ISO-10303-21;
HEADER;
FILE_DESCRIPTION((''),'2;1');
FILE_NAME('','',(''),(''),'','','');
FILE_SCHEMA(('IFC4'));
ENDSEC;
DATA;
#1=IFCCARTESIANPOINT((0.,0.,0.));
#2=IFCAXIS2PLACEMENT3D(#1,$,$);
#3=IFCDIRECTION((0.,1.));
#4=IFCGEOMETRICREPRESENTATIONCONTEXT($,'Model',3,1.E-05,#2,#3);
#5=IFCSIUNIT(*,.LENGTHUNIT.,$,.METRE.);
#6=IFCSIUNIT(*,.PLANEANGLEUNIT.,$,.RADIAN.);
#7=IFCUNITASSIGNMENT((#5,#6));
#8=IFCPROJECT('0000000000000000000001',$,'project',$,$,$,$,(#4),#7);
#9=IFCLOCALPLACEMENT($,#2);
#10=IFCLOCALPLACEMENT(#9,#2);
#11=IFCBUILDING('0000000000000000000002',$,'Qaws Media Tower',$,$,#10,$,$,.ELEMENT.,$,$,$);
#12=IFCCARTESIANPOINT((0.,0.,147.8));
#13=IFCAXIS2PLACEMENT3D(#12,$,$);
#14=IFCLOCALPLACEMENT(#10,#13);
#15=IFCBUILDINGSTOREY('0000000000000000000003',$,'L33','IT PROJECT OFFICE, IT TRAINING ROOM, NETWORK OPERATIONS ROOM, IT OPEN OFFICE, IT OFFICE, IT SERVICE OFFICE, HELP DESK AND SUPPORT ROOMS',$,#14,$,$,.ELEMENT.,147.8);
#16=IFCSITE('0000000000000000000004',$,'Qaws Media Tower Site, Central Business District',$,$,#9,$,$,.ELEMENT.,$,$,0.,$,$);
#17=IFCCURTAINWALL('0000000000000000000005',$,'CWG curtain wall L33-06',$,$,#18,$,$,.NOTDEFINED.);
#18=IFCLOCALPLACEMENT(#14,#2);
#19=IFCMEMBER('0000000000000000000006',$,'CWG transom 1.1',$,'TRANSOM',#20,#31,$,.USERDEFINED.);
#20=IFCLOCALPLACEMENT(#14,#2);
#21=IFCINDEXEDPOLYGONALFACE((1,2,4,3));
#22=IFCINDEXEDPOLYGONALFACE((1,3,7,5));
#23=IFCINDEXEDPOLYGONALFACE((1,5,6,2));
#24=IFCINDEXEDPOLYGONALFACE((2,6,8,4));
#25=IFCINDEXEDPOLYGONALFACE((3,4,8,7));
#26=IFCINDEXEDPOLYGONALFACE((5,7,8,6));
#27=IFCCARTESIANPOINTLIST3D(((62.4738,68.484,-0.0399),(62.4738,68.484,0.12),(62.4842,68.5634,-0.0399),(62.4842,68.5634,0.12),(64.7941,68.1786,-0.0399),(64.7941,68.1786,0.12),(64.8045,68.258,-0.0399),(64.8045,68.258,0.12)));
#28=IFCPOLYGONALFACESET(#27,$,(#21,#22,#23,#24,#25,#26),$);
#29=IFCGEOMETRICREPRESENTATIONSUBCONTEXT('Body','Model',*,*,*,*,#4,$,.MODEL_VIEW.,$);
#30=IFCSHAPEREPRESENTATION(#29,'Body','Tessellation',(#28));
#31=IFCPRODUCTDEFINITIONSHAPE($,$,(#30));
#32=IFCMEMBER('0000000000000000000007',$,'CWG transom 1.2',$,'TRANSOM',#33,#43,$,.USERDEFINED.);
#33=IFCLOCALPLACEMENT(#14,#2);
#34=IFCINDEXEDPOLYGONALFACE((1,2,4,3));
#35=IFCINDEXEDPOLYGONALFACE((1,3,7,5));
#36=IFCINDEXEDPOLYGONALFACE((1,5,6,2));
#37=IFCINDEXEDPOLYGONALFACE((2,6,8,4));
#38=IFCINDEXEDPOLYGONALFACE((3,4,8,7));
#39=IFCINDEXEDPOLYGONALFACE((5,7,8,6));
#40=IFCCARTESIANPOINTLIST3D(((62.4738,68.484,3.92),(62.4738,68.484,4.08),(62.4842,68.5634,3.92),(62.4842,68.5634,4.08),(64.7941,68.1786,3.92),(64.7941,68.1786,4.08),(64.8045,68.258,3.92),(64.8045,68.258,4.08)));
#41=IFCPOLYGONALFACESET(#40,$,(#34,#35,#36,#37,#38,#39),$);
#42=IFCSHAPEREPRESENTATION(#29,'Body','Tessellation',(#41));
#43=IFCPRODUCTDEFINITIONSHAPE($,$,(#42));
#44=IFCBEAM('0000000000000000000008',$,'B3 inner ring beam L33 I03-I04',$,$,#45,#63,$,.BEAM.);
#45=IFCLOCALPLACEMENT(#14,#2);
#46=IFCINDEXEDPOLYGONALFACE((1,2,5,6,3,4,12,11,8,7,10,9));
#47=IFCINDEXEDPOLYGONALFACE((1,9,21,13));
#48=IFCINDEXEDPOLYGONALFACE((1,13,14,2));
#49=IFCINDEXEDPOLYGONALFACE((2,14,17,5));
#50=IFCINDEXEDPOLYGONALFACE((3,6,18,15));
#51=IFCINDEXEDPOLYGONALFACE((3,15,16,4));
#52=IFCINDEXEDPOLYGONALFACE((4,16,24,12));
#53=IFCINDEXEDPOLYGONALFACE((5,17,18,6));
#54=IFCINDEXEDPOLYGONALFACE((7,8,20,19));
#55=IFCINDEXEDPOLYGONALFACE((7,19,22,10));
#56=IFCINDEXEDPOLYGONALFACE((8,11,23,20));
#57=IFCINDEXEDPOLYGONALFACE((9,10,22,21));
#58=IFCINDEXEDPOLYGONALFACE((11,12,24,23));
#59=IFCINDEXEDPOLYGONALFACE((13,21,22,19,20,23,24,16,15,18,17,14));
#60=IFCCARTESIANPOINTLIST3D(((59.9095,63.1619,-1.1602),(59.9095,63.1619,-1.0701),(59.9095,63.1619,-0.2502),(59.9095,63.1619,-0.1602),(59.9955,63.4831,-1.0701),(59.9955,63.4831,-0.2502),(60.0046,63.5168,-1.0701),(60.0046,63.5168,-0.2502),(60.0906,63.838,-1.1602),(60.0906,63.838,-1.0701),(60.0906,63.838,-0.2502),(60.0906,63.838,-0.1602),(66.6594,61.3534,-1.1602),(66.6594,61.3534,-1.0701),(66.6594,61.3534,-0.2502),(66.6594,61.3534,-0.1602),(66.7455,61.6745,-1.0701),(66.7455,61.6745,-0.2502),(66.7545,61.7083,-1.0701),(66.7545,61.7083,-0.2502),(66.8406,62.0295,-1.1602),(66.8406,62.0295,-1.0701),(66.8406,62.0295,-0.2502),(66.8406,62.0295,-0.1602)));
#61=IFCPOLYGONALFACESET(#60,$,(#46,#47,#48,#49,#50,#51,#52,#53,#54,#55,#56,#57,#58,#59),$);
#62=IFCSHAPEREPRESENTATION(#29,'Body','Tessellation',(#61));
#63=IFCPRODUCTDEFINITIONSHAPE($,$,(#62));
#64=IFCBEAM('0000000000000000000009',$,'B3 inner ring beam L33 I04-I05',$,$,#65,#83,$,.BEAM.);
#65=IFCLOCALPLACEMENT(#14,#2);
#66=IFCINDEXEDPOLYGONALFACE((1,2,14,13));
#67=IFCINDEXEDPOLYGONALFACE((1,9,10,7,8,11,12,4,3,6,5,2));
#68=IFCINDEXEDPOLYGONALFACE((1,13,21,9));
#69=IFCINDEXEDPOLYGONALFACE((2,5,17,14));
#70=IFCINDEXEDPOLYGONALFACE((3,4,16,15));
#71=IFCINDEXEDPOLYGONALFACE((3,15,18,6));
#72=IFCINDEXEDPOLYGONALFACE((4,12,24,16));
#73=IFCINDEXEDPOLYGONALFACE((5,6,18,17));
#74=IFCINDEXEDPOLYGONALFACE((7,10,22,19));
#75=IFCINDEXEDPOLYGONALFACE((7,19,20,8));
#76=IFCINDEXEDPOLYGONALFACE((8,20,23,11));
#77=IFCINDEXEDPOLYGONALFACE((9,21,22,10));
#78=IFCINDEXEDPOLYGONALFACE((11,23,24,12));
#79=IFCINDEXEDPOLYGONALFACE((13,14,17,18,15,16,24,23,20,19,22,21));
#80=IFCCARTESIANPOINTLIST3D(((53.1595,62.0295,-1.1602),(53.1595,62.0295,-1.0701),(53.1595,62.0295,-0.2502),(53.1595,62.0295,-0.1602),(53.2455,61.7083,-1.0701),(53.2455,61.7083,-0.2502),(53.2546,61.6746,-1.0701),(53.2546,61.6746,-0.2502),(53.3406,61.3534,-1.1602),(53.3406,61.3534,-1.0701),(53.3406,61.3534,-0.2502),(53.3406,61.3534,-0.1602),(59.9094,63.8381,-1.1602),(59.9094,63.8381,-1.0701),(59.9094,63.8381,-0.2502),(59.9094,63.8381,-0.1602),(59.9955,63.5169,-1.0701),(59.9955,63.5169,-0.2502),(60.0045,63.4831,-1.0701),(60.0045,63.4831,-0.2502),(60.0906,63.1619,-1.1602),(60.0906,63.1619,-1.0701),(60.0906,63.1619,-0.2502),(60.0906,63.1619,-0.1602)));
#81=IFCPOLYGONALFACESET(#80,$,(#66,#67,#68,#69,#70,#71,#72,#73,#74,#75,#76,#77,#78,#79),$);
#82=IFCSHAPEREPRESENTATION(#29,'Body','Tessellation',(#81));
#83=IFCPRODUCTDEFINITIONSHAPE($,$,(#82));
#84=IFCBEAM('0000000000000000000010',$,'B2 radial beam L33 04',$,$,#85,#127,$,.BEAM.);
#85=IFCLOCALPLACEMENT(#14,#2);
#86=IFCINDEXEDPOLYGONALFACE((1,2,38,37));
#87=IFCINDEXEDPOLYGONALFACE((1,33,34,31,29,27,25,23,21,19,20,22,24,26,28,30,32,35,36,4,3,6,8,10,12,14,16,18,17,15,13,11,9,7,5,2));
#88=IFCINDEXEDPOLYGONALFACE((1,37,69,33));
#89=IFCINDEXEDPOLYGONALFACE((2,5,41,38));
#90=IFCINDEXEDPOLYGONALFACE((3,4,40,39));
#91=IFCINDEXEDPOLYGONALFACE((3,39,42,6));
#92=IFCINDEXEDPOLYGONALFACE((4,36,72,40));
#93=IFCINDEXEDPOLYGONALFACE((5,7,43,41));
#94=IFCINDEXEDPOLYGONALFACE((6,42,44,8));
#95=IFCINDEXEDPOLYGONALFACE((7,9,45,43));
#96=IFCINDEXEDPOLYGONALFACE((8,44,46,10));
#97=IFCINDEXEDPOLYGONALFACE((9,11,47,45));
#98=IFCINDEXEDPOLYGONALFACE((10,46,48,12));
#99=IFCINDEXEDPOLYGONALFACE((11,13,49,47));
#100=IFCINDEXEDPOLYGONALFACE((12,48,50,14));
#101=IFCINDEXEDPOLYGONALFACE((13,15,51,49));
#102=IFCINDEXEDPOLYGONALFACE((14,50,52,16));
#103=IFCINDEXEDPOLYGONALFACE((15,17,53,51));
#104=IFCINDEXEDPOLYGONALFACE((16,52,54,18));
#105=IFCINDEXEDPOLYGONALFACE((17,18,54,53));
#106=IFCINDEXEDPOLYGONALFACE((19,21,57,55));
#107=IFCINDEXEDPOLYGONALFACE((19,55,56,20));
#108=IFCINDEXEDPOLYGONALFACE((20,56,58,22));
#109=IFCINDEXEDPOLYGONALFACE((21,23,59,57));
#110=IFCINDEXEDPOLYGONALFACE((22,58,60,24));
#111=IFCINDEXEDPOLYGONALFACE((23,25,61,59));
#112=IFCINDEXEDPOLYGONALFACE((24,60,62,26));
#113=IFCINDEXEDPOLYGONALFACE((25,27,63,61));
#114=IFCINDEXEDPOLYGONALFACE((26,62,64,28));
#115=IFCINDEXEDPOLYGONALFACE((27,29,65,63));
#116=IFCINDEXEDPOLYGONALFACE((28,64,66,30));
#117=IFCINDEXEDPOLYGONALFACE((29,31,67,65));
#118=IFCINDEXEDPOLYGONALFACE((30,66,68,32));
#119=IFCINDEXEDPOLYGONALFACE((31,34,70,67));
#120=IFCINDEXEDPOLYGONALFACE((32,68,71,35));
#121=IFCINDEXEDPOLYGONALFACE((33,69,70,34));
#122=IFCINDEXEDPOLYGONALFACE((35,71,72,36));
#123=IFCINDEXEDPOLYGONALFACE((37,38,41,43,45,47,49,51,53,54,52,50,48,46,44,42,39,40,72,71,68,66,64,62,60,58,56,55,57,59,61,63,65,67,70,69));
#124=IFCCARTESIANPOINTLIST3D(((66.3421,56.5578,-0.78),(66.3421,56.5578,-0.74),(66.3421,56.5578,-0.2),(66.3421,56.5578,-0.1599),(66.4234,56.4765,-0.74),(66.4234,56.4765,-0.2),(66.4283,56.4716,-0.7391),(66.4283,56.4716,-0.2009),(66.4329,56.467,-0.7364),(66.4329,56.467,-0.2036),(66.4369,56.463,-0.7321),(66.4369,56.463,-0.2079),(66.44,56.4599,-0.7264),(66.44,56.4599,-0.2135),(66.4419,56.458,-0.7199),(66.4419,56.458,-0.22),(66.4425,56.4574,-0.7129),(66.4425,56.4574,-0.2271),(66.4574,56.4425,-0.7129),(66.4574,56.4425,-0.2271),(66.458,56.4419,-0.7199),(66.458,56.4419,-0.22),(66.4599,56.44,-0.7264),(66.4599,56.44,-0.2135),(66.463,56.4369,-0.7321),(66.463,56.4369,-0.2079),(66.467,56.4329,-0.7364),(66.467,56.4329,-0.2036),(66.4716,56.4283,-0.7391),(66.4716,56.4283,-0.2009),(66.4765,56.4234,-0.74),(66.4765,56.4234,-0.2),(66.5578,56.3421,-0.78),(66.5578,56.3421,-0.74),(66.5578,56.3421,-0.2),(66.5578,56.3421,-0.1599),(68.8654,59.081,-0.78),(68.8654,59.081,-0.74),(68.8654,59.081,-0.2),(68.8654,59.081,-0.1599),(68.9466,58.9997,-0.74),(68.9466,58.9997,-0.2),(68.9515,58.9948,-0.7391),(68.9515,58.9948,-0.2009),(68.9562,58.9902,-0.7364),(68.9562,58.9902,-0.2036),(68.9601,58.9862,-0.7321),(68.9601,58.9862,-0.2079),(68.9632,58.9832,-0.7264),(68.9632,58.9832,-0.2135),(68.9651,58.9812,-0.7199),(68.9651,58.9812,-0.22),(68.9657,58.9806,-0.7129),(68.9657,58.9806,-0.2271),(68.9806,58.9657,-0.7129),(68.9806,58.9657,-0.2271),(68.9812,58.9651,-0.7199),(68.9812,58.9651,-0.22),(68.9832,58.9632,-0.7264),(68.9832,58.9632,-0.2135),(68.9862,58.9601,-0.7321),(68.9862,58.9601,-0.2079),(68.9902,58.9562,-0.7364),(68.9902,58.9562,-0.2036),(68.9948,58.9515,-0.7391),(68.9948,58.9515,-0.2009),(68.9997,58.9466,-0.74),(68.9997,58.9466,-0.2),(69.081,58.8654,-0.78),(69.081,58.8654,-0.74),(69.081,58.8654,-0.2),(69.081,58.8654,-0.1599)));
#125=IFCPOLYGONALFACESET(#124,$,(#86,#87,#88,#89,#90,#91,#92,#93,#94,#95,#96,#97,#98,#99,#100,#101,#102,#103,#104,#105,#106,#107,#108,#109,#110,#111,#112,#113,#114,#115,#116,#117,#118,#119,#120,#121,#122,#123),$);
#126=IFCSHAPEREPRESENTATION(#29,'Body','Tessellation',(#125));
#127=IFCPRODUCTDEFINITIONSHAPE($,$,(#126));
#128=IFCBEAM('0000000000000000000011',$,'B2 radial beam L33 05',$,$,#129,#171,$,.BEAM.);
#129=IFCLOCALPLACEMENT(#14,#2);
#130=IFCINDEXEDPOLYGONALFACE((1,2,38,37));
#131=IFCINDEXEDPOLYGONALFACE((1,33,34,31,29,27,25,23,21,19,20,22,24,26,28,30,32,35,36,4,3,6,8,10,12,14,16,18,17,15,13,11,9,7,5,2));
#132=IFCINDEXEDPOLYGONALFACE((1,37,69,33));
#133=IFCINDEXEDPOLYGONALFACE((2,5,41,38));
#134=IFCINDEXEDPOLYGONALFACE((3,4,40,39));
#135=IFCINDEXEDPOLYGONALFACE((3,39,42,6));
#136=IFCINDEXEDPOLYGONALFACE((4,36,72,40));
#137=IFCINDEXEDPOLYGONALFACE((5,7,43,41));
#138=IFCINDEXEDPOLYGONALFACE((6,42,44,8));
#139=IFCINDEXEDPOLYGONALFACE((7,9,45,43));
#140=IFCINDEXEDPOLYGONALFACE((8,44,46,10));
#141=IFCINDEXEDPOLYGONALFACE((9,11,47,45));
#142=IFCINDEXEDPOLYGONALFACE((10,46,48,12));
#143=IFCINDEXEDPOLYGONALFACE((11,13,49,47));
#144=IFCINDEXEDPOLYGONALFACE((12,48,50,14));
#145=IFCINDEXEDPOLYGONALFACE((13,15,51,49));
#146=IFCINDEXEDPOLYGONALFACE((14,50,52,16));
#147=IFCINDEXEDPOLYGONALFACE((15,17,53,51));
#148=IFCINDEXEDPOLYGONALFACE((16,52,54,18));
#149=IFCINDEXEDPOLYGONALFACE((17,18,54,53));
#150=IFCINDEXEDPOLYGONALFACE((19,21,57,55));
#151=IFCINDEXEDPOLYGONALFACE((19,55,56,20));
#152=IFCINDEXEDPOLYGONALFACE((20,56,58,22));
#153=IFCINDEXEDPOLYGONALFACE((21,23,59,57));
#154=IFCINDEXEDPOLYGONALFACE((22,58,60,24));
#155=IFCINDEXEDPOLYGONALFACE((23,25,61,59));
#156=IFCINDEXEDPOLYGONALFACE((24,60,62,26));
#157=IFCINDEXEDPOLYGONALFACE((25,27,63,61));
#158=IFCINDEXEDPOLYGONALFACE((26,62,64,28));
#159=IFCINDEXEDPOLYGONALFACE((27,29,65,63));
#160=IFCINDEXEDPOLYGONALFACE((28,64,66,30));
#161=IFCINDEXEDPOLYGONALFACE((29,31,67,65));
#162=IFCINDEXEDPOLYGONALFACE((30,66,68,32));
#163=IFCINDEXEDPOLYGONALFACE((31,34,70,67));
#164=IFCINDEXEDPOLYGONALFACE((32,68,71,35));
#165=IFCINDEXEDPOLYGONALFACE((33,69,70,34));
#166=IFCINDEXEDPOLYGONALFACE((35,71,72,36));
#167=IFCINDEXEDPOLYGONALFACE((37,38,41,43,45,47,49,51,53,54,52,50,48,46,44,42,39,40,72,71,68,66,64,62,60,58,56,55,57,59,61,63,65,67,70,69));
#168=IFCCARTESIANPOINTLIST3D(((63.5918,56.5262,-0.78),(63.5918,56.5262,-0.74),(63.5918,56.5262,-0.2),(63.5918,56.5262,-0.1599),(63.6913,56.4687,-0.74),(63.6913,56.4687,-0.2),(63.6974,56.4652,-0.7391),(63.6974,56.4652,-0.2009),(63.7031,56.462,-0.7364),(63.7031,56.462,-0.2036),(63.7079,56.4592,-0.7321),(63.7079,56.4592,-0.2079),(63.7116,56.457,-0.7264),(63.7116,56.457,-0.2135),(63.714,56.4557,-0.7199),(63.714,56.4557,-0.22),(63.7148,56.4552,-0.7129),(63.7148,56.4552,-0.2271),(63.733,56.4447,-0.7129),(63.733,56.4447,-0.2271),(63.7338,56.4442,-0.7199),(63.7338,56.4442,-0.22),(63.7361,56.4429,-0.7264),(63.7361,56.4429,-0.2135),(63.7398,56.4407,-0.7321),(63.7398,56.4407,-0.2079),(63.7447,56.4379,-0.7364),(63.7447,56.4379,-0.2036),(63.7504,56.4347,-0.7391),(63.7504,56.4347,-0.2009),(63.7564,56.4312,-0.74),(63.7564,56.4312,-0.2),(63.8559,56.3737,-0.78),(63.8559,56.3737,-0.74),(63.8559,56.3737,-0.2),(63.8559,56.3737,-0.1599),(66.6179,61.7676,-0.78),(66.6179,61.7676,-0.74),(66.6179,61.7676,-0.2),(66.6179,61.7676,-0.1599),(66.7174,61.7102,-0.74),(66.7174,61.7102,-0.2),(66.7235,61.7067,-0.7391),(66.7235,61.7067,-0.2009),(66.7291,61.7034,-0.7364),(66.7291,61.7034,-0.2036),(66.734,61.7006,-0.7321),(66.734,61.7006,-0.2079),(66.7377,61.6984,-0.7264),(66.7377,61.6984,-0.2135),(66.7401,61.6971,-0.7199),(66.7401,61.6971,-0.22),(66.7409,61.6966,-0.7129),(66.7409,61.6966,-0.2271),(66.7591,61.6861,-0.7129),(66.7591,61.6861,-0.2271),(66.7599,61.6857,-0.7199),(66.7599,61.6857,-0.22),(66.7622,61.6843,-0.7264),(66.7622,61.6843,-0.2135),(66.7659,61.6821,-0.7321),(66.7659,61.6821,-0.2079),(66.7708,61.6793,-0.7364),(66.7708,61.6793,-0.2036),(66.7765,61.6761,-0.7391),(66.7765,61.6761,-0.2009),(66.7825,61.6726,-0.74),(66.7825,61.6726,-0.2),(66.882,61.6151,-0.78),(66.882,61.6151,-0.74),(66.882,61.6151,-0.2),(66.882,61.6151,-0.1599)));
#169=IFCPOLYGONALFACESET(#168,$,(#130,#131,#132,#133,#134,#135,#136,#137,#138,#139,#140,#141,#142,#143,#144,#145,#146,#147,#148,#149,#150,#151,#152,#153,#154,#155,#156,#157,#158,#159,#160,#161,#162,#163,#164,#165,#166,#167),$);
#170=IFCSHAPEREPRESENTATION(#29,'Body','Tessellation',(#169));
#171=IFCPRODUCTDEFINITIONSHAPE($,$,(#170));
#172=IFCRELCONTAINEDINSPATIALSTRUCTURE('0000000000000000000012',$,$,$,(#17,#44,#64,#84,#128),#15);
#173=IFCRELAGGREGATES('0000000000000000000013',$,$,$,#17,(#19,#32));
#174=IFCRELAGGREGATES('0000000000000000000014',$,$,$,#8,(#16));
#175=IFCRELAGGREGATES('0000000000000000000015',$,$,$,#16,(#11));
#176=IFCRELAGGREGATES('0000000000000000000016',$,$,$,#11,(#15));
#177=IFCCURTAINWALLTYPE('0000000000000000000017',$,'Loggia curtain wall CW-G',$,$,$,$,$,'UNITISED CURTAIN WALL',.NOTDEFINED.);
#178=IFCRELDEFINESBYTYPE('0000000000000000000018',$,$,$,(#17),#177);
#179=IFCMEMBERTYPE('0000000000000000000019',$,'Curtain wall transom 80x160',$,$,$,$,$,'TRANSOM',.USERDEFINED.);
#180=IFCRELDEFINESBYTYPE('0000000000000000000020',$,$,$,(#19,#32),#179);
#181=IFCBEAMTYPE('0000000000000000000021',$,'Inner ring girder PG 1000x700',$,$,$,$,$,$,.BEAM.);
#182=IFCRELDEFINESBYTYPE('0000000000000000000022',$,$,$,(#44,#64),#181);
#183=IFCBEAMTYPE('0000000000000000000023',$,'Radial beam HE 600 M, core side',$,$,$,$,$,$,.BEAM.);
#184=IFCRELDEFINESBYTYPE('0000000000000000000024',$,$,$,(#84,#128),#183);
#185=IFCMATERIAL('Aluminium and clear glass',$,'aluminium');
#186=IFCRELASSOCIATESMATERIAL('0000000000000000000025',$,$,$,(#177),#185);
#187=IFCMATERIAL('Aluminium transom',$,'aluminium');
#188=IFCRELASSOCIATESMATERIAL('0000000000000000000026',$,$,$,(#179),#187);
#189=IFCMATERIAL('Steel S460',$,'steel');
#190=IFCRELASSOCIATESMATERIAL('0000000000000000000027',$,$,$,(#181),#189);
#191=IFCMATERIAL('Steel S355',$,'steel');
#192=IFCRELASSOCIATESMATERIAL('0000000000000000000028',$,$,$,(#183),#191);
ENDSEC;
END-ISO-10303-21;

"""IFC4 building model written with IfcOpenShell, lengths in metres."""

from ifc_helpers import new_model, si_unit, direction, frame, origin, origin_2d, place, context, subcontext, project, spatial, rectangle, i_section, extrude, material, material_profile, profile_set, type_object, element, aggregate, save


model = new_model("IFC4")

# Units and contexts
model_context = context("Model", 3, precision=1e-05, world=origin(), true_north=direction((0.0, 1.0)))
body_context = subcontext(model_context, "Body", "Model", "MODEL_VIEW")
ifc_project = project(units=[si_unit("LENGTHUNIT", "METRE"), si_unit("PLANEANGLEUNIT", "RADIAN")], contexts=[model_context])

# Site, building, storey
site_placement = place(None, origin())
site = spatial("IfcSite", under=ifc_project, at=site_placement, Name="Qaws Media Tower Site, Central Business District", CompositionType="ELEMENT", RefElevation=0.0)
building_placement = place(site_placement, origin())
building = spatial("IfcBuilding", under=site, at=building_placement, Name="Qaws Media Tower", CompositionType="ELEMENT")
storey_placement = place(building_placement, frame((0.0, 0.0, 147.8)))
storey = spatial("IfcBuildingStorey", under=building, at=storey_placement, Name="L33", Description="IT PROJECT OFFICE, IT TRAINING ROOM, NETWORK OPERATIONS ROOM, IT OPEN OFFICE, IT OFFICE, IT SERVICE OFFICE, HELP DESK AND SUPPORT ROOMS", CompositionType="ELEMENT", Elevation=147.8)

# Shared definitions
ifc_material_1 = material(Name="Aluminium and clear glass", Category="aluminium")
curtain_wall_type = type_object("IfcCurtainWallType", Name="Loggia curtain wall CW-G", ElementType="UNITISED CURTAIN WALL", PredefinedType="NOTDEFINED", material=ifc_material_1)

# Curtain wall, members
curtain_wall_1_placement = place(storey_placement, origin())
curtain_wall_1 = element("IfcCurtainWall", 1, at=curtain_wall_1_placement, inside=storey, type_object=curtain_wall_type, Name="CWG curtain wall L33-06", PredefinedType="NOTDEFINED")
ifc_material_2 = material(Name="Aluminium transom", Category="aluminium")
ifc_material_profile_1 = material_profile(ifc_material_2, rectangle(XDim=0.0801, YDim=0.1599, at=origin_2d()), Name="80x160")
ifc_profile_set_1 = profile_set([ifc_material_profile_1], Name="Aluminium transom")
member_type_1 = type_object("IfcMemberType", Name="Curtain wall transom 80x160", ElementType="TRANSOM", PredefinedType="USERDEFINED", material=ifc_profile_set_1)
member_1_placement = place(storey_placement, frame((64.7993, 68.2183, 0.04), z_axis=(-0.991448, 0.130503, 0.0), x_axis=(-0.130503, -0.991448, 0.0)))
member_1 = element("IfcMember", 2, at=member_1_placement, type_object=member_type_1, Name="CWG transom 1.1", ObjectType="TRANSOM", PredefinedType="USERDEFINED", context=body_context, shape_type="SweptSolid", body=[
    extrude(rectangle(XDim=0.0801, YDim=0.1599, at=origin_2d()), origin(), (0.0, 0.0, 1.0), 2.3403),
])
member_2_placement = place(storey_placement, frame((64.7993, 68.2183, 4.0), z_axis=(-0.991448, 0.130503, 0.0), x_axis=(-0.130503, -0.991448, 0.0)))
member_2 = element("IfcMember", 3, at=member_2_placement, type_object=member_type_1, Name="CWG transom 1.2", ObjectType="TRANSOM", PredefinedType="USERDEFINED", context=body_context, shape_type="SweptSolid", body=[
    extrude(rectangle(XDim=0.0801, YDim=0.1599, at=origin_2d()), origin(), (0.0, 0.0, 1.0), 2.3403),
])
aggregate(curtain_wall_1, [member_1, member_2])

# Beams
ifc_material_3 = material(Name="Steel S460", Category="steel")
ifc_material_profile_2 = material_profile(ifc_material_3, i_section(OverallWidth=0.7, OverallDepth=1.0, WebThickness=0.0349, FlangeThickness=0.0901, at=origin_2d()), Name="PG 1000x700")
ifc_profile_set_2 = profile_set([ifc_material_profile_2], Name="Steel S460")
beam_type_1 = type_object("IfcBeamType", Name="Inner ring girder PG 1000x700", PredefinedType="BEAM", material=ifc_profile_set_2)
for number, where, z_axis, x_axis, name in (
    (4, (66.75, 61.6914, -0.6602), (-0.965928, 0.258811, 0.0), (-0.258811, -0.965928, 0.0), "B3 inner ring beam L33 I03-I04"),
    (5, (60.0, 63.5, -0.6602), (-0.965928, -0.258811, 0.0), (0.258811, -0.965928, 0.0), "B3 inner ring beam L33 I04-I05"),
):
    element("IfcBeam", number, at=place(storey_placement, frame(where, z_axis=z_axis, x_axis=x_axis)), inside=storey, type_object=beam_type_1, Name=name, PredefinedType="BEAM", context=body_context, shape_type="SweptSolid", body=[
        extrude(i_section(OverallWidth=0.7, OverallDepth=1.0, WebThickness=0.0349, FlangeThickness=0.0901, at=origin_2d()), origin(), (0.0, 0.0, 1.0), 6.988),
    ])
ifc_material_4 = material(Name="Steel S355", Category="steel")
ifc_material_profile_3 = material_profile(ifc_material_4, i_section(OverallWidth=0.3049, OverallDepth=0.6201, WebThickness=0.021, FlangeThickness=0.04, FilletRadius=0.0271, at=origin_2d()), Name="HE 600 M")
ifc_profile_set_3 = profile_set([ifc_material_profile_3], Name="Steel S355")
beam_type_2 = type_object("IfcBeamType", Name="Radial beam HE 600 M, core side", PredefinedType="BEAM", material=ifc_profile_set_3)
beam_1_placement = place(storey_placement, frame((66.45, 56.45, -0.47), z_axis=(0.707107, 0.707107, 0.0), x_axis=(-0.707107, 0.707107, 0.0)))
element("IfcBeam", 6, at=beam_1_placement, inside=storey, type_object=beam_type_2, Name="B2 radial beam L33 04", PredefinedType="BEAM", context=body_context, shape_type="SweptSolid", body=[
    extrude(i_section(OverallWidth=0.3049, OverallDepth=0.6201, WebThickness=0.021, FlangeThickness=0.04, FilletRadius=0.0271, at=origin_2d()), origin(), (0.0, 0.0, 1.0), 3.5684),
])
beam_2_placement = place(storey_placement, frame((63.7239, 56.45, -0.47), z_axis=(0.499996, 0.866028, 0.0), x_axis=(-0.866028, 0.499996, 0.0)))
element("IfcBeam", 7, at=beam_2_placement, inside=storey, type_object=beam_type_2, Name="B2 radial beam L33 05", PredefinedType="BEAM", context=body_context, shape_type="SweptSolid", body=[
    extrude(i_section(OverallWidth=0.3049, OverallDepth=0.6201, WebThickness=0.021, FlangeThickness=0.04, FilletRadius=0.0271, at=origin_2d()), origin(), (0.0, 0.0, 1.0), 6.0522),
])

save(model, "model.ifc")
